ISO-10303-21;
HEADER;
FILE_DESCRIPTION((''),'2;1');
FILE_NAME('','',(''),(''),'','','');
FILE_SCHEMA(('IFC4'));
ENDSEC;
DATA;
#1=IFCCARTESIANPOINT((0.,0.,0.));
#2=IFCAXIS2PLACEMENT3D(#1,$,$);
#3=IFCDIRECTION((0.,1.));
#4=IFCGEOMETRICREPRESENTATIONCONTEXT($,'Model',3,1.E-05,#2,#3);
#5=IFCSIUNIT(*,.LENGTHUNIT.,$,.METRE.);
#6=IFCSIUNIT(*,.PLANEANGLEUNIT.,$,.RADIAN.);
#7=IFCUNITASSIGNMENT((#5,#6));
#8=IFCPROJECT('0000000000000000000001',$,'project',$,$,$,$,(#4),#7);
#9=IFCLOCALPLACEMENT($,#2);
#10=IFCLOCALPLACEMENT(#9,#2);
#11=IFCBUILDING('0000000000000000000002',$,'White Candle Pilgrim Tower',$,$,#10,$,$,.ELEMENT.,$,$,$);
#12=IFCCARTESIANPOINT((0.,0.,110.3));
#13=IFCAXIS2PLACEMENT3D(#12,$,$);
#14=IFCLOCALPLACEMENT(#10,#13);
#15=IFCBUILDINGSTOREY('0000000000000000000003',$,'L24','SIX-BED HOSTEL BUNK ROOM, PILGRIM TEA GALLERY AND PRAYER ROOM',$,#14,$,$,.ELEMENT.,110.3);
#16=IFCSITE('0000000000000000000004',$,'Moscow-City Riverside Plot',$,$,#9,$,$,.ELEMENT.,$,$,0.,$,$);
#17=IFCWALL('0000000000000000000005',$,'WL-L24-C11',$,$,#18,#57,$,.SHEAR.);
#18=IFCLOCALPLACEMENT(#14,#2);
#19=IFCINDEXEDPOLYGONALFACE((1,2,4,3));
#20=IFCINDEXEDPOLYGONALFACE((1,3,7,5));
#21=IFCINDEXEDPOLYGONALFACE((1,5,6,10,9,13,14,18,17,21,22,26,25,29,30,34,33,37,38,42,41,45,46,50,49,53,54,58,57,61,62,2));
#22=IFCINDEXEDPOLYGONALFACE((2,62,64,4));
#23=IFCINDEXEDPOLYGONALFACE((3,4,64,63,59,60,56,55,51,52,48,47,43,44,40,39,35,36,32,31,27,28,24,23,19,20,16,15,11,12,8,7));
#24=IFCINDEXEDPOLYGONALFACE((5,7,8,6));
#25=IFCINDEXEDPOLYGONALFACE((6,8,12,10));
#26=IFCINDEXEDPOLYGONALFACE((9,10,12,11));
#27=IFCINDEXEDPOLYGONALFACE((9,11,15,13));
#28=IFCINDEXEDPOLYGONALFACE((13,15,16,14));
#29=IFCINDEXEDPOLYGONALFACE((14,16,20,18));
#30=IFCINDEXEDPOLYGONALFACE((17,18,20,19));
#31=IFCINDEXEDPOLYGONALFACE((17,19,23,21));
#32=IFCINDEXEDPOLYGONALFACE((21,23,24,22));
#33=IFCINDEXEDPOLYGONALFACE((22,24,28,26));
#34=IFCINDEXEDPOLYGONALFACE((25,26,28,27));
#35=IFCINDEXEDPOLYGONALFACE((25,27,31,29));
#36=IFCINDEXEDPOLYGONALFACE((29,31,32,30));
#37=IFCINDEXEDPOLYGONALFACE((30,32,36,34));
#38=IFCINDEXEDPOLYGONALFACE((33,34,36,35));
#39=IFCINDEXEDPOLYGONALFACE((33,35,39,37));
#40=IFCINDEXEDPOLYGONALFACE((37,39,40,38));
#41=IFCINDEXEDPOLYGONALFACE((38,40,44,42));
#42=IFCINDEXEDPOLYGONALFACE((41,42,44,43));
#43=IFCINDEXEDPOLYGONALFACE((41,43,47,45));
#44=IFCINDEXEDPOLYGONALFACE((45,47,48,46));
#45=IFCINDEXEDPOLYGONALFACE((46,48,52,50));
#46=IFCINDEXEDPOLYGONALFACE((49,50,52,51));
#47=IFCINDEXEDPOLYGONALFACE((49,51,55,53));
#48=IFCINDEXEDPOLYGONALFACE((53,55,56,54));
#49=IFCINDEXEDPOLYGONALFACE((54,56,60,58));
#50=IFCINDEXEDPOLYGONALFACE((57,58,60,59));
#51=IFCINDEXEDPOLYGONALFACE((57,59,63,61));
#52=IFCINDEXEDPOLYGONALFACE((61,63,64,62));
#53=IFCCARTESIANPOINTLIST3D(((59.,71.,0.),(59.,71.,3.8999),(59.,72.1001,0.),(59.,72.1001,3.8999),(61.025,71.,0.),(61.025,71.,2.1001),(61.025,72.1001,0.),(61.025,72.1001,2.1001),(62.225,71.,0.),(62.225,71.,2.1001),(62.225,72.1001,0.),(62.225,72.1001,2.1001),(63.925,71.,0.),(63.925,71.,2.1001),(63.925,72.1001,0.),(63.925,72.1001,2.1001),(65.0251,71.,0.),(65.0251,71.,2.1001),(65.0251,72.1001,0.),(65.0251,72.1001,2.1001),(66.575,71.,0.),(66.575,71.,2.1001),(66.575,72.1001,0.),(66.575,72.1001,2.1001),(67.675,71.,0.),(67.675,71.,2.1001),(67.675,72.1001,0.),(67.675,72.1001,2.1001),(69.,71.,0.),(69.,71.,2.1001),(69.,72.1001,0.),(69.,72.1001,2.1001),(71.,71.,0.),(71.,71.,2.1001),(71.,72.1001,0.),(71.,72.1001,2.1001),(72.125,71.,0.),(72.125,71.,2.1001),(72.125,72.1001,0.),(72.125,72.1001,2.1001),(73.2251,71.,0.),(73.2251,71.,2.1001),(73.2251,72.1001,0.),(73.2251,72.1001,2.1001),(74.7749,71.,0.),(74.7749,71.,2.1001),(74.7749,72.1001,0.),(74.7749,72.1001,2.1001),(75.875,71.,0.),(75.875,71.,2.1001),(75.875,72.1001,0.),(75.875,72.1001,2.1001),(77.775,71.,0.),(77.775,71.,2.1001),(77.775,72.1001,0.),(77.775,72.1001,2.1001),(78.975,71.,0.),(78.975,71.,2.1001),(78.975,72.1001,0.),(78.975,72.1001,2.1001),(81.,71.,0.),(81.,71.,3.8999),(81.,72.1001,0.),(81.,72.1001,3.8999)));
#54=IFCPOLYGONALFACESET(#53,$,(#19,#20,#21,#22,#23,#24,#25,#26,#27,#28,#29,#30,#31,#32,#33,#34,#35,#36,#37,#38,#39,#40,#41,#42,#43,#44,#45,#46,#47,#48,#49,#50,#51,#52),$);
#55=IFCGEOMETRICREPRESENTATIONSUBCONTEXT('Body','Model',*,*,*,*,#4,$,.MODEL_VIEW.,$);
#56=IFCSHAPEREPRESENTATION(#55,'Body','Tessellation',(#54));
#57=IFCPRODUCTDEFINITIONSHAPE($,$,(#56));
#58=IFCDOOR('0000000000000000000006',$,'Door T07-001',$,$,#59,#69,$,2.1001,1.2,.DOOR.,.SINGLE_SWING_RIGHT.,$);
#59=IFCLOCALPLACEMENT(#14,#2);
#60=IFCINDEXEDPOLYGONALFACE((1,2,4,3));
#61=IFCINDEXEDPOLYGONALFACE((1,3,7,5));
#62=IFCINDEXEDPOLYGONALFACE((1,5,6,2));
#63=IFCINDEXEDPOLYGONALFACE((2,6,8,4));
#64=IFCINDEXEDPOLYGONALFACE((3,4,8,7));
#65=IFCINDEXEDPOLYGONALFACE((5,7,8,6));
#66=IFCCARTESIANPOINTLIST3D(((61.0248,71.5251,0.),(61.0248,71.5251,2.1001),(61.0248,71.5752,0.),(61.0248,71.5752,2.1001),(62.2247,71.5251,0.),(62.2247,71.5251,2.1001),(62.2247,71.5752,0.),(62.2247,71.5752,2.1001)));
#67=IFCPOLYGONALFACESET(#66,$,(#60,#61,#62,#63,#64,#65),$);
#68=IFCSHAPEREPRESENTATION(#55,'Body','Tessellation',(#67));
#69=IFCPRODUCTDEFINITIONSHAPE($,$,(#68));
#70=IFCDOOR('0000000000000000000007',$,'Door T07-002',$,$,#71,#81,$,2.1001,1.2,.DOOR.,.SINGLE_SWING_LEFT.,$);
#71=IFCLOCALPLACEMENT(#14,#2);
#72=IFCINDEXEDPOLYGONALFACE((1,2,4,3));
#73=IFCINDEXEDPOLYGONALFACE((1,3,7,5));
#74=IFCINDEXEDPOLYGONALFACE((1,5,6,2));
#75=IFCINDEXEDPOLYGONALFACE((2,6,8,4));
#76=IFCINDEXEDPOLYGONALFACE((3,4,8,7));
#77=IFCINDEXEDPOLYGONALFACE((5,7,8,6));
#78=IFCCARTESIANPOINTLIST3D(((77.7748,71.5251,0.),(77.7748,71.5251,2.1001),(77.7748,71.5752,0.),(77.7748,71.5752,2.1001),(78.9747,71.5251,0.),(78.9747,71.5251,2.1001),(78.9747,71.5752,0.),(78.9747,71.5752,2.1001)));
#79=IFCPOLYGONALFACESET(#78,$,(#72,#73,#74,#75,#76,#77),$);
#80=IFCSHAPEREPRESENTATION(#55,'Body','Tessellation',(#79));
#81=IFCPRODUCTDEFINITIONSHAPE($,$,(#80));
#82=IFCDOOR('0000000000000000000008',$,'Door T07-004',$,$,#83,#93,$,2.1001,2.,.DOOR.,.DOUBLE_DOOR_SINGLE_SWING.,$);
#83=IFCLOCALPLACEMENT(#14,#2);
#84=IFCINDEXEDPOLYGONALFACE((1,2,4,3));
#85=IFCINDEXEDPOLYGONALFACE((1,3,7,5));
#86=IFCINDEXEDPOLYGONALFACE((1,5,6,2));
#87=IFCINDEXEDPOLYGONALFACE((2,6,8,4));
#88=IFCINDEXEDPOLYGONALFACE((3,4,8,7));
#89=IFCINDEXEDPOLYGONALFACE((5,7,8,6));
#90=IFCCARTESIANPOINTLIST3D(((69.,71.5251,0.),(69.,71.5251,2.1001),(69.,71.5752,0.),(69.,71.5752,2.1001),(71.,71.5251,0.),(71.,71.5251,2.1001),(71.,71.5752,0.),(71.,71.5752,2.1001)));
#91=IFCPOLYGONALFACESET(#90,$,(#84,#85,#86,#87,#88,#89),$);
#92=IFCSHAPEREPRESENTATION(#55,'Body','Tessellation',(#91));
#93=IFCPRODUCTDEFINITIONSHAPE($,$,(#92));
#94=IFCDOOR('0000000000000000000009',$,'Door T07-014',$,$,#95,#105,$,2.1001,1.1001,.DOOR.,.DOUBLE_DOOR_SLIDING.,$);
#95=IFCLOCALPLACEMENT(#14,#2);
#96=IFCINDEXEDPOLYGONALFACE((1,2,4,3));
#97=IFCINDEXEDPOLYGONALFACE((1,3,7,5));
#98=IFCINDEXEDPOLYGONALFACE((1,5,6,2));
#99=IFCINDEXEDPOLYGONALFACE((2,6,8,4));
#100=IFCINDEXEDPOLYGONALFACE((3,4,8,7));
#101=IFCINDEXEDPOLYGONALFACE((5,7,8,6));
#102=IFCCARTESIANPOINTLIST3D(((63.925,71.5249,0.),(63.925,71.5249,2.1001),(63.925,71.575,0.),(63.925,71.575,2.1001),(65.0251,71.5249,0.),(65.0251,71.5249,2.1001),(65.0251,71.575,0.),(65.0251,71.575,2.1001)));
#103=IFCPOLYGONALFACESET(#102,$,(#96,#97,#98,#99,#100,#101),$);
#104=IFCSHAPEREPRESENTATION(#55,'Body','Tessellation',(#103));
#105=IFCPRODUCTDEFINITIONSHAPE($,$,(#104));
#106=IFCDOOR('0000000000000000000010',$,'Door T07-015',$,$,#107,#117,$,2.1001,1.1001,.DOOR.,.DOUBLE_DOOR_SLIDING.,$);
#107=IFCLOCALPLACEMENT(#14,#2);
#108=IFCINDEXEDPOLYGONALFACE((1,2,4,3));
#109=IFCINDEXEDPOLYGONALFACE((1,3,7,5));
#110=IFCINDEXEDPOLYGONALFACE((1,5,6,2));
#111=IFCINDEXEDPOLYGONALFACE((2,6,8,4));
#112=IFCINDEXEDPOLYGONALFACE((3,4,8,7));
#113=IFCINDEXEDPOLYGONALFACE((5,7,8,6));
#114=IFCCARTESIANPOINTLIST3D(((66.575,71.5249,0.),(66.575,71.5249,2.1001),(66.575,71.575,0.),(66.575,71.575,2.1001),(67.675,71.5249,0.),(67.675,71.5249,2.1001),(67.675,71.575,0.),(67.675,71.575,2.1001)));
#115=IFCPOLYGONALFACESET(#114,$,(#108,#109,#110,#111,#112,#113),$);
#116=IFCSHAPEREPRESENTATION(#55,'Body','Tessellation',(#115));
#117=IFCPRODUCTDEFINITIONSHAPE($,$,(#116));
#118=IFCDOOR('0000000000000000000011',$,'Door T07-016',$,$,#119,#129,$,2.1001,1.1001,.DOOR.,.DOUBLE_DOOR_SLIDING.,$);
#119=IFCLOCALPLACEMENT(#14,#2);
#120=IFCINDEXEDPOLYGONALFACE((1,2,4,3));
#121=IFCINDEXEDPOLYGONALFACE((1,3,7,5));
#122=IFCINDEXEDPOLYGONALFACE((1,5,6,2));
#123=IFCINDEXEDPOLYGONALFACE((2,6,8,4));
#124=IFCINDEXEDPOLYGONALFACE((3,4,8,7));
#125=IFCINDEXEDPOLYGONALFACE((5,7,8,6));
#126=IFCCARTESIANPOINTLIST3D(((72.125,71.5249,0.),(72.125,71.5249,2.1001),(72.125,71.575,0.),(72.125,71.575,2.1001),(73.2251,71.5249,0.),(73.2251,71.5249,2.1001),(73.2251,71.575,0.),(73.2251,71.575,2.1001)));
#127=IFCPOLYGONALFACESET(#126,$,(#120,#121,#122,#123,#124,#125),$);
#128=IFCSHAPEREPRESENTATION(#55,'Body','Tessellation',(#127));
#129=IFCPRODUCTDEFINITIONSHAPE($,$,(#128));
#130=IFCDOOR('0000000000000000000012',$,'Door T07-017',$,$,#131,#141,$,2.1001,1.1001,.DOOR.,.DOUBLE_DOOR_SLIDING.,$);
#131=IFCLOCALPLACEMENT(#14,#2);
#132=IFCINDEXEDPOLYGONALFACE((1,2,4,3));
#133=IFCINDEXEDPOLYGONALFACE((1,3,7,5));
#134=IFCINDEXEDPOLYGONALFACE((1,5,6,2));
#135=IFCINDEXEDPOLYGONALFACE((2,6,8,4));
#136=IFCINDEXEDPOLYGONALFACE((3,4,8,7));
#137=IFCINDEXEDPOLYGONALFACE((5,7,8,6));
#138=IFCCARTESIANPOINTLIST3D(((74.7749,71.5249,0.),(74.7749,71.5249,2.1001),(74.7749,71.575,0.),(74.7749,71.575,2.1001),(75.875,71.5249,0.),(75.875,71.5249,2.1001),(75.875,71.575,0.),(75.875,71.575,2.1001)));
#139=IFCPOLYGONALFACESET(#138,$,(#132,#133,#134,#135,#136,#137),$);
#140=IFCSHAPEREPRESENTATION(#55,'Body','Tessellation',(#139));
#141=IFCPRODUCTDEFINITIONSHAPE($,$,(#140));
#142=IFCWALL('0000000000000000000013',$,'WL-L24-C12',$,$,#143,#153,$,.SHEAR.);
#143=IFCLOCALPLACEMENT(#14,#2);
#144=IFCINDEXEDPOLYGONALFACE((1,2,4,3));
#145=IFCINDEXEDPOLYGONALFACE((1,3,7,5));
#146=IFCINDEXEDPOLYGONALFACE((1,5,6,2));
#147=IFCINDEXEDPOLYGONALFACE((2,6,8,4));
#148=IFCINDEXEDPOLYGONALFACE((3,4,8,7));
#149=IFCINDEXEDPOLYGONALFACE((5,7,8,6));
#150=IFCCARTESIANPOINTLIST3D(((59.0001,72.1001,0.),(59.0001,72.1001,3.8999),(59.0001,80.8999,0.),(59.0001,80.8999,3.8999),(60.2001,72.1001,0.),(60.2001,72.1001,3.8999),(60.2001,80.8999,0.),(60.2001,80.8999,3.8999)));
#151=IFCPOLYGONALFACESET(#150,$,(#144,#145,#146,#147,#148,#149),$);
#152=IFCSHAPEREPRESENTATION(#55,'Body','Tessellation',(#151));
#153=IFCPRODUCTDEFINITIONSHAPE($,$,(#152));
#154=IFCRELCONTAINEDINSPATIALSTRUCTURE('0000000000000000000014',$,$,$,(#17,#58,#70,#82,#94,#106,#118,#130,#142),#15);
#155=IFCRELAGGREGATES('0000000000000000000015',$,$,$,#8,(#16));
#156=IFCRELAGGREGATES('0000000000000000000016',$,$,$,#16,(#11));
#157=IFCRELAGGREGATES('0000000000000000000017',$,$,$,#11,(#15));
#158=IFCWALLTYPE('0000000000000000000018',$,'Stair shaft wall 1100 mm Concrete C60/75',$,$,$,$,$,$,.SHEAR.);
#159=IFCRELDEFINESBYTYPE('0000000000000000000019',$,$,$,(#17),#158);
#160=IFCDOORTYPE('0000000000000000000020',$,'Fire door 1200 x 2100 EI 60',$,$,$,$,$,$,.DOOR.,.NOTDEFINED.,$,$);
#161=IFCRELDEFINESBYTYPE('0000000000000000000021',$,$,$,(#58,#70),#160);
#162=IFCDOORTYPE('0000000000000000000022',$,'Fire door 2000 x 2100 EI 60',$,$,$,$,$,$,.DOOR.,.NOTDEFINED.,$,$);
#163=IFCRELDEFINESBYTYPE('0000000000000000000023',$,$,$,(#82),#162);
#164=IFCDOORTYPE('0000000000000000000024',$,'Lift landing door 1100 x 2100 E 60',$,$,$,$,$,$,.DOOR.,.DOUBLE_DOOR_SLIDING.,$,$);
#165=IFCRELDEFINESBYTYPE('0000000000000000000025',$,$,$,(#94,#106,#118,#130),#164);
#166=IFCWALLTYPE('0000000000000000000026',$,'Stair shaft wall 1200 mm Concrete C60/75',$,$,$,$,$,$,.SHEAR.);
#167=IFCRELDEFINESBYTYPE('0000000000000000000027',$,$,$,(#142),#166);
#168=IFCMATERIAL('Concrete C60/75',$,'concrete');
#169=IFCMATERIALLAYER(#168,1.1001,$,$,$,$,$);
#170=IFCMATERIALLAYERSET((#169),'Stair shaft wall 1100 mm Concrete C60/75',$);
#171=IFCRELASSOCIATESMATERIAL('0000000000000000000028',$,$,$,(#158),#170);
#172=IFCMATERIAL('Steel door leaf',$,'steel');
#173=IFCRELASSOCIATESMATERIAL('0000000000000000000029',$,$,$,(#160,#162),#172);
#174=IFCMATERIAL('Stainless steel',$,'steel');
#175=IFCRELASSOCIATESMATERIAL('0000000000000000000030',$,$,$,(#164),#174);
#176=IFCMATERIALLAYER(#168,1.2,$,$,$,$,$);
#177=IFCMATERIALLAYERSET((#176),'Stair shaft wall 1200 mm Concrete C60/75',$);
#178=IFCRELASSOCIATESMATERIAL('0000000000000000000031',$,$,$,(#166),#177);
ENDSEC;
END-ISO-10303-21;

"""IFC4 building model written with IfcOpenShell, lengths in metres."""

from ifc_helpers import new_model, si_unit, direction, frame, frame_2d, origin, place, context, subcontext, project, spatial, rectangle, extrude, material, layer, layer_set, type_object, element, fill, save


model = new_model("IFC4")

# Units and contexts
model_context = context("Model", 3, precision=1e-05, world=origin(), true_north=direction((0.0, 1.0)))
body_context = subcontext(model_context, "Body", "Model", "MODEL_VIEW")
ifc_project = project(units=[si_unit("LENGTHUNIT", "METRE"), si_unit("PLANEANGLEUNIT", "RADIAN")], contexts=[model_context])

# Site, building, storey
site_placement = place(None, origin())
site = spatial("IfcSite", under=ifc_project, at=site_placement, Name="Moscow-City Riverside Plot", CompositionType="ELEMENT", RefElevation=0.0)
building_placement = place(site_placement, origin())
building = spatial("IfcBuilding", under=site, at=building_placement, Name="White Candle Pilgrim Tower", CompositionType="ELEMENT")
storey_placement = place(building_placement, frame((0.0, 0.0, 110.3)))
storey = spatial("IfcBuildingStorey", under=building, at=storey_placement, Name="L24", Description="SIX-BED HOSTEL BUNK ROOM, PILGRIM TEA GALLERY AND PRAYER ROOM", CompositionType="ELEMENT", Elevation=110.3)

# Shared definitions
ifc_material_1 = material(Name="Steel door leaf", Category="steel")

# Shared definitions
ifc_material_2 = material(Name="Concrete C60/75", Category="concrete")

# Wall, openings, doors
ifc_layer_1 = layer(ifc_material_2, 1.1001)
ifc_layer_set_1 = layer_set([ifc_layer_1], Name="Stair shaft wall 1100 mm Concrete C60/75")
wall_type_1 = type_object("IfcWallType", Name="Stair shaft wall 1100 mm Concrete C60/75", PredefinedType="SHEAR", material=ifc_layer_set_1)
wall_1_placement = place(storey_placement, frame((59.0, 71.55, 0.0), z_axis=(0.0, 0.0, 1.0), x_axis=(1.0, 0.0, 0.0)))
wall_1 = element("IfcWall", 1, at=wall_1_placement, inside=storey, type_object=wall_type_1, Name="WL-L24-C11", PredefinedType="SHEAR", context=body_context, shape_type="SweptSolid", body=[
    extrude(rectangle(XDim=22.0, YDim=1.1001, at=frame_2d((11.0, 0.0))), origin(), (0.0, 0.0, 1.0), 3.8999),
])
opening_1_placement = place(wall_1_placement, frame((2.0249, 0.0, 0.0)))
opening_1 = element("IfcOpeningElement", 2, at=opening_1_placement, cuts=wall_1, PredefinedType="OPENING", context=body_context, shape_type="SweptSolid", body=[
    extrude(rectangle(XDim=1.2, YDim=2.1001, at=frame_2d((0.6001, 1.05))), frame((0.0, 0.5601, 0.0), z_axis=(0.0, -1.0, 0.0), x_axis=(1.0, 0.0, 0.0)), (0.0, 0.0, 1.0), 1.1201),
])
opening_2_placement = place(wall_1_placement, frame((18.7749, 0.0, 0.0)))
opening_2 = element("IfcOpeningElement", 3, at=opening_2_placement, cuts=wall_1, PredefinedType="OPENING", context=body_context, shape_type="SweptSolid", body=[
    extrude(rectangle(XDim=1.2, YDim=2.1001, at=frame_2d((0.6001, 1.05))), frame((0.0, 0.5601, 0.0), z_axis=(0.0, -1.0, 0.0), x_axis=(1.0, 0.0, 0.0)), (0.0, 0.0, 1.0), 1.1201),
])
opening_3_placement = place(wall_1_placement, frame((10.0, 0.0, 0.0)))
opening_3 = element("IfcOpeningElement", 4, at=opening_3_placement, cuts=wall_1, PredefinedType="OPENING", context=body_context, shape_type="SweptSolid", body=[
    extrude(rectangle(XDim=2.0, YDim=2.1001, at=frame_2d((1.0, 1.05))), frame((0.0, 0.5601, 0.0), z_axis=(0.0, -1.0, 0.0), x_axis=(1.0, 0.0, 0.0)), (0.0, 0.0, 1.0), 1.1201),
])
opening_4_placement = place(wall_1_placement, frame((4.925, 0.0, 0.0)))
opening_4 = element("IfcOpeningElement", 5, at=opening_4_placement, cuts=wall_1, PredefinedType="OPENING", context=body_context, shape_type="SweptSolid", body=[
    extrude(rectangle(XDim=1.1001, YDim=2.1001, at=frame_2d((0.55, 1.05))), frame((0.0, 0.5601, 0.0), z_axis=(0.0, -1.0, 0.0), x_axis=(1.0, 0.0, 0.0)), (0.0, 0.0, 1.0), 1.1201),
])
opening_5_placement = place(wall_1_placement, frame((7.575, 0.0, 0.0)))
opening_5 = element("IfcOpeningElement", 6, at=opening_5_placement, cuts=wall_1, PredefinedType="OPENING", context=body_context, shape_type="SweptSolid", body=[
    extrude(rectangle(XDim=1.1001, YDim=2.1001, at=frame_2d((0.55, 1.05))), frame((0.0, 0.5601, 0.0), z_axis=(0.0, -1.0, 0.0), x_axis=(1.0, 0.0, 0.0)), (0.0, 0.0, 1.0), 1.1201),
])
opening_6_placement = place(wall_1_placement, frame((13.125, 0.0, 0.0)))
opening_6 = element("IfcOpeningElement", 7, at=opening_6_placement, cuts=wall_1, PredefinedType="OPENING", context=body_context, shape_type="SweptSolid", body=[
    extrude(rectangle(XDim=1.1001, YDim=2.1001, at=frame_2d((0.55, 1.05))), frame((0.0, 0.5601, 0.0), z_axis=(0.0, -1.0, 0.0), x_axis=(1.0, 0.0, 0.0)), (0.0, 0.0, 1.0), 1.1201),
])
opening_7_placement = place(wall_1_placement, frame((15.7749, 0.0, 0.0)))
opening_7 = element("IfcOpeningElement", 8, at=opening_7_placement, cuts=wall_1, PredefinedType="OPENING", context=body_context, shape_type="SweptSolid", body=[
    extrude(rectangle(XDim=1.1001, YDim=2.1001, at=frame_2d((0.55, 1.05))), frame((0.0, 0.5601, 0.0), z_axis=(0.0, -1.0, 0.0), x_axis=(1.0, 0.0, 0.0)), (0.0, 0.0, 1.0), 1.1201),
])
door_type_1 = type_object("IfcDoorType", Name="Fire door 1200 x 2100 EI 60", OperationType="NOTDEFINED", PredefinedType="DOOR", material=ifc_material_1)
door_1_placement = place(opening_1_placement, frame((1.2, 0.0, 0.0), z_axis=(0.0, 0.0, 1.0), x_axis=(-1.0, 0.0, 0.0)))
door_1 = element("IfcDoor", 9, at=door_1_placement, inside=storey, type_object=door_type_1, Name="Door T07-001", OperationType="SINGLE_SWING_RIGHT", OverallHeight=2.1001, OverallWidth=1.2, PredefinedType="DOOR", context=body_context, shape_type="SweptSolid", body=[
    extrude(rectangle(XDim=1.2, YDim=2.1001, at=frame_2d((0.6001, 1.05))), frame((0.0, 0.0249, 0.0), z_axis=(0.0, -1.0, 0.0), x_axis=(1.0, 0.0, 0.0)), (0.0, 0.0, 1.0), 0.05),
])
fill(opening_1, door_1)
door_2_placement = place(opening_2_placement, frame((1.2, 0.0, 0.0), z_axis=(0.0, 0.0, 1.0), x_axis=(-1.0, 0.0, 0.0)))
door_2 = element("IfcDoor", 10, at=door_2_placement, inside=storey, type_object=door_type_1, Name="Door T07-002", OperationType="SINGLE_SWING_LEFT", OverallHeight=2.1001, OverallWidth=1.2, PredefinedType="DOOR", context=body_context, shape_type="SweptSolid", body=[
    extrude(rectangle(XDim=1.2, YDim=2.1001, at=frame_2d((0.6001, 1.05))), frame((0.0, 0.0249, 0.0), z_axis=(0.0, -1.0, 0.0), x_axis=(1.0, 0.0, 0.0)), (0.0, 0.0, 1.0), 0.05),
])
fill(opening_2, door_2)
door_type_2 = type_object("IfcDoorType", Name="Fire door 2000 x 2100 EI 60", OperationType="NOTDEFINED", PredefinedType="DOOR", material=ifc_material_1)
door_3_placement = place(opening_3_placement, frame((2.0, 0.0, 0.0), z_axis=(0.0, 0.0, 1.0), x_axis=(-1.0, 0.0, 0.0)))
door_3 = element("IfcDoor", 11, at=door_3_placement, inside=storey, type_object=door_type_2, Name="Door T07-004", OperationType="DOUBLE_DOOR_SINGLE_SWING", OverallHeight=2.1001, OverallWidth=2.0, PredefinedType="DOOR", context=body_context, shape_type="SweptSolid", body=[
    extrude(rectangle(XDim=2.0, YDim=2.1001, at=frame_2d((1.0, 1.05))), frame((0.0, 0.0249, 0.0), z_axis=(0.0, -1.0, 0.0), x_axis=(1.0, 0.0, 0.0)), (0.0, 0.0, 1.0), 0.05),
])
fill(opening_3, door_3)
ifc_material_3 = material(Name="Stainless steel", Category="steel")
door_type_3 = type_object("IfcDoorType", Name="Lift landing door 1100 x 2100 E 60", OperationType="DOUBLE_DOOR_SLIDING", PredefinedType="DOOR", material=ifc_material_3)
door_4_placement = place(opening_4_placement, origin())
door_4 = element("IfcDoor", 12, at=door_4_placement, inside=storey, type_object=door_type_3, Name="Door T07-014", OperationType="DOUBLE_DOOR_SLIDING", OverallHeight=2.1001, OverallWidth=1.1001, PredefinedType="DOOR", context=body_context, shape_type="SweptSolid", body=[
    extrude(rectangle(XDim=1.1001, YDim=2.1001, at=frame_2d((0.55, 1.05))), frame((0.0, 0.0249, 0.0), z_axis=(0.0, -1.0, 0.0), x_axis=(1.0, 0.0, 0.0)), (0.0, 0.0, 1.0), 0.05),
])
fill(opening_4, door_4)
door_5_placement = place(opening_5_placement, origin())
door_5 = element("IfcDoor", 13, at=door_5_placement, inside=storey, type_object=door_type_3, Name="Door T07-015", OperationType="DOUBLE_DOOR_SLIDING", OverallHeight=2.1001, OverallWidth=1.1001, PredefinedType="DOOR", context=body_context, shape_type="SweptSolid", body=[
    extrude(rectangle(XDim=1.1001, YDim=2.1001, at=frame_2d((0.55, 1.05))), frame((0.0, 0.0249, 0.0), z_axis=(0.0, -1.0, 0.0), x_axis=(1.0, 0.0, 0.0)), (0.0, 0.0, 1.0), 0.05),
])
fill(opening_5, door_5)
door_6_placement = place(opening_6_placement, origin())
door_6 = element("IfcDoor", 14, at=door_6_placement, inside=storey, type_object=door_type_3, Name="Door T07-016", OperationType="DOUBLE_DOOR_SLIDING", OverallHeight=2.1001, OverallWidth=1.1001, PredefinedType="DOOR", context=body_context, shape_type="SweptSolid", body=[
    extrude(rectangle(XDim=1.1001, YDim=2.1001, at=frame_2d((0.55, 1.05))), frame((0.0, 0.0249, 0.0), z_axis=(0.0, -1.0, 0.0), x_axis=(1.0, 0.0, 0.0)), (0.0, 0.0, 1.0), 0.05),
])
fill(opening_6, door_6)
door_7_placement = place(opening_7_placement, origin())
door_7 = element("IfcDoor", 15, at=door_7_placement, inside=storey, type_object=door_type_3, Name="Door T07-017", OperationType="DOUBLE_DOOR_SLIDING", OverallHeight=2.1001, OverallWidth=1.1001, PredefinedType="DOOR", context=body_context, shape_type="SweptSolid", body=[
    extrude(rectangle(XDim=1.1001, YDim=2.1001, at=frame_2d((0.55, 1.05))), frame((0.0, 0.0249, 0.0), z_axis=(0.0, -1.0, 0.0), x_axis=(1.0, 0.0, 0.0)), (0.0, 0.0, 1.0), 0.05),
])
fill(opening_7, door_7)

# Wall
ifc_layer_2 = layer(ifc_material_2, 1.2)
ifc_layer_set_2 = layer_set([ifc_layer_2], Name="Stair shaft wall 1200 mm Concrete C60/75")
wall_type_2 = type_object("IfcWallType", Name="Stair shaft wall 1200 mm Concrete C60/75", PredefinedType="SHEAR", material=ifc_layer_set_2)
wall_2_placement = place(storey_placement, frame((59.6001, 72.1001, 0.0), z_axis=(0.0, 0.0, 1.0), x_axis=(0.0, 1.0, 0.0)))
element("IfcWall", 16, at=wall_2_placement, inside=storey, type_object=wall_type_2, Name="WL-L24-C12", PredefinedType="SHEAR", context=body_context, shape_type="SweptSolid", body=[
    extrude(rectangle(XDim=8.7998, YDim=1.2, at=frame_2d((4.3999, 0.0))), origin(), (0.0, 0.0, 1.0), 3.8999),
])

save(model, "model.ifc")
